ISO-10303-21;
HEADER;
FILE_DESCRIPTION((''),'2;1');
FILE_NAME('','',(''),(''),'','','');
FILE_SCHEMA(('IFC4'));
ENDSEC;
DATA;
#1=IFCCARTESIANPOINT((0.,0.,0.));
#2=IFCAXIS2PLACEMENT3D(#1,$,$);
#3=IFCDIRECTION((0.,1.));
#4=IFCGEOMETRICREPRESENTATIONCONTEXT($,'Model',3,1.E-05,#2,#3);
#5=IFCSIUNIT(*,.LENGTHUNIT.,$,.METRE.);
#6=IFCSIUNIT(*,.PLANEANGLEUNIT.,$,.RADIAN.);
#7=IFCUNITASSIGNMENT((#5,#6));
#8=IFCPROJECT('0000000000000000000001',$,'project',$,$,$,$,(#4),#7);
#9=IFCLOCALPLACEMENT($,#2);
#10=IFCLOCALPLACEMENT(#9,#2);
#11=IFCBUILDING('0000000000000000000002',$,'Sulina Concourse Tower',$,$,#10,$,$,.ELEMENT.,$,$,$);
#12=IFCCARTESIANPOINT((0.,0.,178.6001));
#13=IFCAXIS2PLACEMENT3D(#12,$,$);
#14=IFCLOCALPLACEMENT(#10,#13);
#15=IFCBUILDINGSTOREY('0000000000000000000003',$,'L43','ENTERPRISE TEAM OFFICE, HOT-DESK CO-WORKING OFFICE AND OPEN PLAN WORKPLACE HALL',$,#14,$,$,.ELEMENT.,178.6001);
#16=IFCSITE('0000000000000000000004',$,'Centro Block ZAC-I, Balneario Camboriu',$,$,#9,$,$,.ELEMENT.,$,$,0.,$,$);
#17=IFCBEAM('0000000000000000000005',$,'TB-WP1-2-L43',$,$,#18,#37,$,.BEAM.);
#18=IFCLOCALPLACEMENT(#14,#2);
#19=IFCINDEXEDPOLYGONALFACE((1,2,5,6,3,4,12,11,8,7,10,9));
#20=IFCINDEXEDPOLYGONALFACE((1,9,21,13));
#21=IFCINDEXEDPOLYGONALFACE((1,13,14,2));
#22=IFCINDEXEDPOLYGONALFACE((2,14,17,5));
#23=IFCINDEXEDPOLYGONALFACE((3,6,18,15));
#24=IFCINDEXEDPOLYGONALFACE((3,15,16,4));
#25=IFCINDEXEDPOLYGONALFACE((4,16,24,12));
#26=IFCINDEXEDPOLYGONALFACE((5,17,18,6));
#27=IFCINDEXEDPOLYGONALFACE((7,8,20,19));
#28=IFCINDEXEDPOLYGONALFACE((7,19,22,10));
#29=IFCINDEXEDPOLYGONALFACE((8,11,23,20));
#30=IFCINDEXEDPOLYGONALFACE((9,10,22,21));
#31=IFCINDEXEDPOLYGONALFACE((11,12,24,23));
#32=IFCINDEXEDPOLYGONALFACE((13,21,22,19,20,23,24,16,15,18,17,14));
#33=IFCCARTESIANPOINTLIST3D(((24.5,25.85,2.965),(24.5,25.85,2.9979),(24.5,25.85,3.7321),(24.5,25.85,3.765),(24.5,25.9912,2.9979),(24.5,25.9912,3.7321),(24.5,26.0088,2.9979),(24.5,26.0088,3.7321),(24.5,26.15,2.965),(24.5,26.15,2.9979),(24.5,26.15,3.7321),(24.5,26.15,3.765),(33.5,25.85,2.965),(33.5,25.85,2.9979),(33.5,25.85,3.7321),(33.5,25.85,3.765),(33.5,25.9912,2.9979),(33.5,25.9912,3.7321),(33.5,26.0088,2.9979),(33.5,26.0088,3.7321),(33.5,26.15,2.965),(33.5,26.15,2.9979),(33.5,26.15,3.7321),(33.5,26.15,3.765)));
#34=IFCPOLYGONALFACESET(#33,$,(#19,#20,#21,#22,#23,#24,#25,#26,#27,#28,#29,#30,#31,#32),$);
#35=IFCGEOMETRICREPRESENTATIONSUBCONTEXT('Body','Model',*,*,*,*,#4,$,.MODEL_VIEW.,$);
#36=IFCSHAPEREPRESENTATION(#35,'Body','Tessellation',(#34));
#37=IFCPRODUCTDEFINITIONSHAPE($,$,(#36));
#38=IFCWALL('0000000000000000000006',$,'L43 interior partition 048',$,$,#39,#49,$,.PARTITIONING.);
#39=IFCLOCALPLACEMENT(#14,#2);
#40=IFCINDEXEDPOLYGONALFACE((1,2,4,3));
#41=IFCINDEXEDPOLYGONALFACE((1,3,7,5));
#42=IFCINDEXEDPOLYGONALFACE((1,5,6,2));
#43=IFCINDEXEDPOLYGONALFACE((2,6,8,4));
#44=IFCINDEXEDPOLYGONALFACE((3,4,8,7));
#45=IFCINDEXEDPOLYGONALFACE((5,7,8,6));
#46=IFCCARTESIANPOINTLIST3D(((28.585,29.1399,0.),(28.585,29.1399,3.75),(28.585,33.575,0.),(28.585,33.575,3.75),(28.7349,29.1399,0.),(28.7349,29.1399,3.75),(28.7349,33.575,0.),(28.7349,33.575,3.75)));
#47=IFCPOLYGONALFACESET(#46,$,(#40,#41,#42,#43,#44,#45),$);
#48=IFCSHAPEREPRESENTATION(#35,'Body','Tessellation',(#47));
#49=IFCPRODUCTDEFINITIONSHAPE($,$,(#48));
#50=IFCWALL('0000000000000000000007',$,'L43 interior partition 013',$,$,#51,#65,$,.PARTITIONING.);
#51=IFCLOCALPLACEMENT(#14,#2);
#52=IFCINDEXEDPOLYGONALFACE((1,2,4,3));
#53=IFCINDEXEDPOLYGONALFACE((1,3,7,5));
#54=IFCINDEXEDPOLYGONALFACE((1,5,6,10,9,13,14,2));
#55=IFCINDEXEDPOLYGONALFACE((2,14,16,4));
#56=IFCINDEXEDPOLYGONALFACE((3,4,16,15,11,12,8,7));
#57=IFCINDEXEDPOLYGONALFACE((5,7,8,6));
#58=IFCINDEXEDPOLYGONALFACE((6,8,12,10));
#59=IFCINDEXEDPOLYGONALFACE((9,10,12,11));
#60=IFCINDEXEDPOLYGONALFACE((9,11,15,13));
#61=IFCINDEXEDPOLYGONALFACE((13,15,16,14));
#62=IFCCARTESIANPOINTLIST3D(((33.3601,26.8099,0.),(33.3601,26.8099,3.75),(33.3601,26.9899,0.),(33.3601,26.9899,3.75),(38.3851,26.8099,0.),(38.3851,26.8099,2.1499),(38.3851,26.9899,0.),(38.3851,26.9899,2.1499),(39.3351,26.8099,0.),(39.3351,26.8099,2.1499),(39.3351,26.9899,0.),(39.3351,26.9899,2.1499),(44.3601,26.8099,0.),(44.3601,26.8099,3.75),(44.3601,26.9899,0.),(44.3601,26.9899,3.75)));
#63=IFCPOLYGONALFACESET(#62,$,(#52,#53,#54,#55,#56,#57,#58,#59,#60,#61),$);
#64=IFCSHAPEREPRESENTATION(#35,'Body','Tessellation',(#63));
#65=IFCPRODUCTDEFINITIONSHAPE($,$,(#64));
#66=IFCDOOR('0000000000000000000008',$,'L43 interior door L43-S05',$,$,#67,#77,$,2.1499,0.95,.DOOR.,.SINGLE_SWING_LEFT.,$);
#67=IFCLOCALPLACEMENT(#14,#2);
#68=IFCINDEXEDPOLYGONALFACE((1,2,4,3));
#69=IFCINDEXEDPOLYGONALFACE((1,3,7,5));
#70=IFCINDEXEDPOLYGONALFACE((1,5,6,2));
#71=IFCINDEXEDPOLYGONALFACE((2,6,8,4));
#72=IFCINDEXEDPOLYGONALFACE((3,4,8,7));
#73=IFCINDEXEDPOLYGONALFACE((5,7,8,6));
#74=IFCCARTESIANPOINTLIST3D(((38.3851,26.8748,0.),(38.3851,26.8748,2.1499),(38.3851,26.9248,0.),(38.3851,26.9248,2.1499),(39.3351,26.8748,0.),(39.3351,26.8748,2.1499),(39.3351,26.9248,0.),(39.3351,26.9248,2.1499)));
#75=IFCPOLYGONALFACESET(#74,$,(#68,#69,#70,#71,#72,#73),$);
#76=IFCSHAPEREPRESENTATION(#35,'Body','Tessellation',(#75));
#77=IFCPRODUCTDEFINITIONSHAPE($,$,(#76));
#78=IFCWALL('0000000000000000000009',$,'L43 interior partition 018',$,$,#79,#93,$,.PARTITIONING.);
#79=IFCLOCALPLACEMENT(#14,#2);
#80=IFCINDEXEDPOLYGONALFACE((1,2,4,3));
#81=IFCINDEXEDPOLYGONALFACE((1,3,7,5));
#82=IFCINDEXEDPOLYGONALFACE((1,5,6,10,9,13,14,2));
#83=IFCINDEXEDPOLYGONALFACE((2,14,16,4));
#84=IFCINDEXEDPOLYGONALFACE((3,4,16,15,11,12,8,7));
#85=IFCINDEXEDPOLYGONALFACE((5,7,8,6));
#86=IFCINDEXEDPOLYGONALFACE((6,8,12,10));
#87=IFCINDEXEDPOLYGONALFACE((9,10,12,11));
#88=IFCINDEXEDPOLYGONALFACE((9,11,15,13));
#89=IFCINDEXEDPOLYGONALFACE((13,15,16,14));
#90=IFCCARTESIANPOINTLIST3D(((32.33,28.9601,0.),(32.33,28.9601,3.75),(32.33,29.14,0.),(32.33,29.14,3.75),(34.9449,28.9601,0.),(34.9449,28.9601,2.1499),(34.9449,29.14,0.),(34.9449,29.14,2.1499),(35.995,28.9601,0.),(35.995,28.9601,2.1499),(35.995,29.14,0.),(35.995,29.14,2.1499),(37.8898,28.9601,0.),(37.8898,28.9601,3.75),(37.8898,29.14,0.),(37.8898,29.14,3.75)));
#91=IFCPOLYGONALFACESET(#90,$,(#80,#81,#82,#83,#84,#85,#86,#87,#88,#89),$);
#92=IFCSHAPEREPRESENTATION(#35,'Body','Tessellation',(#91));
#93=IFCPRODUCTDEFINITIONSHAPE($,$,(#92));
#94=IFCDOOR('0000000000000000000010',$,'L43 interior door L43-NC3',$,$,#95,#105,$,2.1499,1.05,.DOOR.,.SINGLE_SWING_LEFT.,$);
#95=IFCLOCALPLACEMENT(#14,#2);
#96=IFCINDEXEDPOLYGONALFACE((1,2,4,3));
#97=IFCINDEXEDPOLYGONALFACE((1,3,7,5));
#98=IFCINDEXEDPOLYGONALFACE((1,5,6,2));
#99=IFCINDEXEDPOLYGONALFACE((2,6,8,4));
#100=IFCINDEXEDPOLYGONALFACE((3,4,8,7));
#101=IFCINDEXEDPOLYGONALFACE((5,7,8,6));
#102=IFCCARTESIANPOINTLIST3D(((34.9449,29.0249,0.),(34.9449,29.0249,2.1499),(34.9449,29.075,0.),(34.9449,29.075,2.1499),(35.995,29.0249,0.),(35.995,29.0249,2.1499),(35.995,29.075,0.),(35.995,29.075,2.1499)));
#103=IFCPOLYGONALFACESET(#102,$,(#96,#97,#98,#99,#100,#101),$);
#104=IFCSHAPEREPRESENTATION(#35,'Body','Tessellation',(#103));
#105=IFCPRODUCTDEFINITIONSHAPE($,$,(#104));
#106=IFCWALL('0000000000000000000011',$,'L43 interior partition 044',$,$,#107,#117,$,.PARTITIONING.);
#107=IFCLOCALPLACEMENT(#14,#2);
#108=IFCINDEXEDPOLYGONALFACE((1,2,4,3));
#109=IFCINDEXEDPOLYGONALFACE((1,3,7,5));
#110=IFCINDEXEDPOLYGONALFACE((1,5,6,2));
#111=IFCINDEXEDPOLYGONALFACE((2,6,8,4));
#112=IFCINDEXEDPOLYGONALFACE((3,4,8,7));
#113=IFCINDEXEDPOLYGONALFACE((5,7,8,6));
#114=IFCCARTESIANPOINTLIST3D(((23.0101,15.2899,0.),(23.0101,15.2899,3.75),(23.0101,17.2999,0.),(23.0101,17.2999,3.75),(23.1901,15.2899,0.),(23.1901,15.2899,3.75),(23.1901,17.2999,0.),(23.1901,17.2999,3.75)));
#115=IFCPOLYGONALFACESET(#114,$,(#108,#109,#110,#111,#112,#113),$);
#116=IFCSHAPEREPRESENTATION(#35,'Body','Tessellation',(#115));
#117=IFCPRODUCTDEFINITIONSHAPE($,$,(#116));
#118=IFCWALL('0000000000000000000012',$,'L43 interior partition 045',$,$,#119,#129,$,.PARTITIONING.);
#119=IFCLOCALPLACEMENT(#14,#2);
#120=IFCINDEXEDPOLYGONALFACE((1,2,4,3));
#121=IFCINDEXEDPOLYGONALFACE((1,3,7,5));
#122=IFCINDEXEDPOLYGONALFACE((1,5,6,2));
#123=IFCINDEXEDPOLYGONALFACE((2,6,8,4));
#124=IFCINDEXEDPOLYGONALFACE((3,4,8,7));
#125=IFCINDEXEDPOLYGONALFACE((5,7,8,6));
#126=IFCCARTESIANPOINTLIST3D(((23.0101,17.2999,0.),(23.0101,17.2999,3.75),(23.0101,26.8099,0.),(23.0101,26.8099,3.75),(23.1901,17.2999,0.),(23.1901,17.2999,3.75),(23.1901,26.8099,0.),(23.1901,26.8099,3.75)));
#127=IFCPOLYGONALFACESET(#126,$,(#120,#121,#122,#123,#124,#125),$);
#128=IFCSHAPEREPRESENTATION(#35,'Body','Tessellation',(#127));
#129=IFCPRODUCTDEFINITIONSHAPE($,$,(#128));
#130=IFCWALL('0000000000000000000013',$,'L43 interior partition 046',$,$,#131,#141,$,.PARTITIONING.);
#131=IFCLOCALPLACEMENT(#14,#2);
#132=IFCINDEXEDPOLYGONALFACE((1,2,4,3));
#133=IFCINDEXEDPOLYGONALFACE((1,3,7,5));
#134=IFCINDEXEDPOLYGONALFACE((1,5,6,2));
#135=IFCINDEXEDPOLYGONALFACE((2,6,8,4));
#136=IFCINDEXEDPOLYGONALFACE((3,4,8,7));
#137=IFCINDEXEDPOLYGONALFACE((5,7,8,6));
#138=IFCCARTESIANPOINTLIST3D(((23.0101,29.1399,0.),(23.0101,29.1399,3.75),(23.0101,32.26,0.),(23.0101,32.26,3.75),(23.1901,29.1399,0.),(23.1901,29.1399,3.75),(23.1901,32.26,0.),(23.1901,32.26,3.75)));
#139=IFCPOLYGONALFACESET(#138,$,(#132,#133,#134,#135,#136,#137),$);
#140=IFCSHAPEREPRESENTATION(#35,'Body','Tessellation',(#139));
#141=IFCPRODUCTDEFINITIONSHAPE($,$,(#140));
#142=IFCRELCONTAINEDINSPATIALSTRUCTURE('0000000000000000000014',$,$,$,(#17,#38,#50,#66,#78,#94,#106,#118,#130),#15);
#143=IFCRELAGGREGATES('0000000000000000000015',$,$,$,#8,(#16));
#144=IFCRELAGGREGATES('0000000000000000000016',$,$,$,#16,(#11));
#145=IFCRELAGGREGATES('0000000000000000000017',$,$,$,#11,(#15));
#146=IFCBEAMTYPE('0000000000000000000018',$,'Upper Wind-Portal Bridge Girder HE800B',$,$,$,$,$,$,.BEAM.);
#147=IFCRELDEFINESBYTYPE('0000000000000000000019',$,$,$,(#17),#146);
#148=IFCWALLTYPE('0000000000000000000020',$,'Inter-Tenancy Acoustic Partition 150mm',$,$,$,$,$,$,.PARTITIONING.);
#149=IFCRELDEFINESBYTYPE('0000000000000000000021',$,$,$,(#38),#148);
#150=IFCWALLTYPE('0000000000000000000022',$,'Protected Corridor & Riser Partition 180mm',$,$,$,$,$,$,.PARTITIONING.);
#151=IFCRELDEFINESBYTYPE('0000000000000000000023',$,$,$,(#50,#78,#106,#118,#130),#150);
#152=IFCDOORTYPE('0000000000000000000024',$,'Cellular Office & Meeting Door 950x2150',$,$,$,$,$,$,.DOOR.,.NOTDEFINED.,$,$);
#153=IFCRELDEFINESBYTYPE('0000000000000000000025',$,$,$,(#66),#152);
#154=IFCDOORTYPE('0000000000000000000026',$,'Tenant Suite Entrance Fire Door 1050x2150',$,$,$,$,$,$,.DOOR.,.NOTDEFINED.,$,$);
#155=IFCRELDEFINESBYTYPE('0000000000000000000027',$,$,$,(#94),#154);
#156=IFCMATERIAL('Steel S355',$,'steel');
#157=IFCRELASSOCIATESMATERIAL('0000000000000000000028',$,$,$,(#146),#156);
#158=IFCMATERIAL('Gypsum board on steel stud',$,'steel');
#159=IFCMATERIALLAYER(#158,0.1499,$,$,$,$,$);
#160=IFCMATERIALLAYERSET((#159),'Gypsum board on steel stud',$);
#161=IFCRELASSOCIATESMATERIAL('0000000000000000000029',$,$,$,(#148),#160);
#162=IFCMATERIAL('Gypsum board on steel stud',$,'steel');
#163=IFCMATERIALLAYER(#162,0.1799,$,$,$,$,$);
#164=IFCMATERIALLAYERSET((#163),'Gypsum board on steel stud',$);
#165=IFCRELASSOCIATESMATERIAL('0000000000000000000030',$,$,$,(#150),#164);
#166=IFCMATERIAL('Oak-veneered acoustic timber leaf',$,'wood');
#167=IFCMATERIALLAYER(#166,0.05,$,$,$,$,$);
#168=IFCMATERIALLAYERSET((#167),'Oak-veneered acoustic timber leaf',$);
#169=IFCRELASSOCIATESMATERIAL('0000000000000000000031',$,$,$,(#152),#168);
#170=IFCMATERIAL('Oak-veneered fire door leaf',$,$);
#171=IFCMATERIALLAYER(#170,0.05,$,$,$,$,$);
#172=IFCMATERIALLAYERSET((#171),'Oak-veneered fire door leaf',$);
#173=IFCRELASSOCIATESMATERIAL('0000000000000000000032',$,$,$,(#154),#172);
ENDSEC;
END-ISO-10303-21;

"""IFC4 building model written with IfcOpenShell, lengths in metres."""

from ifc_helpers import new_model, si_unit, direction, frame, frame_2d, origin, origin_2d, place, context, subcontext, project, spatial, rectangle, i_section, extrude, material, layer, layer_set, material_profile, profile_set, type_object, element, fill, save


model = new_model("IFC4")

# Units and contexts
model_context = context("Model", 3, precision=1e-05, world=origin(), true_north=direction((0.0, 1.0)))
body_context = subcontext(model_context, "Body", "Model", "MODEL_VIEW")
ifc_project = project(units=[si_unit("LENGTHUNIT", "METRE"), si_unit("PLANEANGLEUNIT", "RADIAN")], contexts=[model_context])

# Site, building, storey
site_placement = place(None, origin())
site = spatial("IfcSite", under=ifc_project, at=site_placement, Name="Centro Block ZAC-I, Balneario Camboriu", CompositionType="ELEMENT", RefElevation=0.0)
building_placement = place(site_placement, origin())
building = spatial("IfcBuilding", under=site, at=building_placement, Name="Sulina Concourse Tower", CompositionType="ELEMENT")
storey_placement = place(building_placement, frame((0.0, 0.0, 178.6001)))
storey = spatial("IfcBuildingStorey", under=building, at=storey_placement, Name="L43", Description="ENTERPRISE TEAM OFFICE, HOT-DESK CO-WORKING OFFICE AND OPEN PLAN WORKPLACE HALL", CompositionType="ELEMENT", Elevation=178.6001)

# Beam
ifc_material_1 = material(Name="Steel S355", Category="steel")
ifc_material_profile_1 = material_profile(ifc_material_1, i_section(OverallWidth=0.3, OverallDepth=0.8, WebThickness=0.0176, FlangeThickness=0.033, at=origin_2d()), Name="HE 800 B")
ifc_profile_set_1 = profile_set([ifc_material_profile_1], Name="Steel S355")
beam_type_1 = type_object("IfcBeamType", Name="Upper Wind-Portal Bridge Girder HE800B", PredefinedType="BEAM", material=ifc_profile_set_1)
beam_1_placement = place(storey_placement, frame((24.5, 26.0, 3.365), z_axis=(1.0, 0.0, 0.0), x_axis=(0.0, 1.0, 0.0)))
element("IfcBeam", 1, at=beam_1_placement, inside=storey, type_object=beam_type_1, Name="TB-WP1-2-L43", PredefinedType="BEAM", context=body_context, shape_type="SweptSolid", body=[
    extrude(i_section(OverallWidth=0.3, OverallDepth=0.8, WebThickness=0.0176, FlangeThickness=0.033, at=origin_2d()), origin(), (0.0, 0.0, 1.0), 9.0),
])

# Wall
ifc_material_2 = material(Name="Gypsum board on steel stud", Category="steel")
ifc_layer_1 = layer(ifc_material_2, 0.1499)
ifc_layer_set_1 = layer_set([ifc_layer_1], Name="Gypsum board on steel stud")
wall_type_1 = type_object("IfcWallType", Name="Inter-Tenancy Acoustic Partition 150mm", PredefinedType="PARTITIONING", material=ifc_layer_set_1)
wall_1_placement = place(storey_placement, frame((28.6599, 29.1399, 0.0), z_axis=(0.0, 0.0, 1.0), x_axis=(0.0, 1.0, 0.0)))
element("IfcWall", 2, at=wall_1_placement, inside=storey, type_object=wall_type_1, Name="L43 interior partition 048", PredefinedType="PARTITIONING", context=body_context, shape_type="SweptSolid", body=[
    extrude(rectangle(XDim=4.4351, YDim=0.1499, at=frame_2d((2.2175, 0.0))), origin(), (0.0, 0.0, 1.0), 3.75),
])

# Walls, openings, doors
ifc_material_3 = material(Name="Gypsum board on steel stud", Category="steel")
ifc_layer_2 = layer(ifc_material_3, 0.1799)
ifc_layer_set_2 = layer_set([ifc_layer_2], Name="Gypsum board on steel stud")
wall_type_2 = type_object("IfcWallType", Name="Protected Corridor & Riser Partition 180mm", PredefinedType="PARTITIONING", material=ifc_layer_set_2)
wall_2_placement = place(storey_placement, frame((33.3601, 26.8999, 0.0), z_axis=(0.0, 0.0, 1.0), x_axis=(1.0, 0.0, 0.0)))
wall_2 = element("IfcWall", 3, at=wall_2_placement, inside=storey, type_object=wall_type_2, Name="L43 interior partition 013", PredefinedType="PARTITIONING", context=body_context, shape_type="SweptSolid", body=[
    extrude(rectangle(XDim=11.0, YDim=0.1799, at=frame_2d((5.5, 0.0))), origin(), (0.0, 0.0, 1.0), 3.75),
])
opening_1_placement = place(wall_2_placement, frame((5.0249, 0.0, 0.0)))
opening_1 = element("IfcOpeningElement", 4, at=opening_1_placement, cuts=wall_2, PredefinedType="OPENING", context=body_context, shape_type="SweptSolid", body=[
    extrude(rectangle(XDim=0.95, YDim=2.1499, at=frame_2d((0.4751, 1.075))), frame((0.0, 0.0999, 0.0), z_axis=(0.0, -1.0, 0.0), x_axis=(1.0, 0.0, 0.0)), (0.0, 0.0, 1.0), 0.2),
])
ifc_material_4 = material(Name="Oak-veneered acoustic timber leaf", Category="wood")
ifc_layer_3 = layer(ifc_material_4, 0.05)
ifc_layer_set_3 = layer_set([ifc_layer_3], Name="Oak-veneered acoustic timber leaf")
door_type_1 = type_object("IfcDoorType", Name="Cellular Office & Meeting Door 950x2150", OperationType="NOTDEFINED", PredefinedType="DOOR", material=ifc_layer_set_3)
door_1_placement = place(opening_1_placement, origin())
door_1 = element("IfcDoor", 5, at=door_1_placement, inside=storey, type_object=door_type_1, Name="L43 interior door L43-S05", OperationType="SINGLE_SWING_LEFT", OverallHeight=2.1499, OverallWidth=0.95, PredefinedType="DOOR", context=body_context, shape_type="SweptSolid", body=[
    extrude(rectangle(XDim=0.95, YDim=2.1499, at=frame_2d((0.4751, 1.075))), frame((0.0, 0.0249, 0.0), z_axis=(0.0, -1.0, 0.0), x_axis=(1.0, 0.0, 0.0)), (0.0, 0.0, 1.0), 0.05),
])
fill(opening_1, door_1)
wall_3_placement = place(storey_placement, frame((32.3301, 29.05, 0.0), z_axis=(0.0, 0.0, 1.0), x_axis=(1.0, 0.0, 0.0)))
wall_3 = element("IfcWall", 6, at=wall_3_placement, inside=storey, type_object=wall_type_2, Name="L43 interior partition 018", PredefinedType="PARTITIONING", context=body_context, shape_type="SweptSolid", body=[
    extrude(rectangle(XDim=5.5598, YDim=0.1799, at=frame_2d((2.7798, 0.0))), origin(), (0.0, 0.0, 1.0), 3.75),
])
opening_2_placement = place(wall_3_placement, frame((2.615, 0.0, 0.0)))
opening_2 = element("IfcOpeningElement", 7, at=opening_2_placement, cuts=wall_3, PredefinedType="OPENING", context=body_context, shape_type="SweptSolid", body=[
    extrude(rectangle(XDim=1.05, YDim=2.1499, at=frame_2d((0.5249, 1.075))), frame((0.0, 0.0999, 0.0), z_axis=(0.0, -1.0, 0.0), x_axis=(1.0, 0.0, 0.0)), (0.0, 0.0, 1.0), 0.2),
])
ifc_material_5 = material(Name="Oak-veneered fire door leaf")
ifc_layer_4 = layer(ifc_material_5, 0.05)
ifc_layer_set_4 = layer_set([ifc_layer_4], Name="Oak-veneered fire door leaf")
door_type_2 = type_object("IfcDoorType", Name="Tenant Suite Entrance Fire Door 1050x2150", OperationType="NOTDEFINED", PredefinedType="DOOR", material=ifc_layer_set_4)
door_2_placement = place(opening_2_placement, origin())
door_2 = element("IfcDoor", 8, at=door_2_placement, inside=storey, type_object=door_type_2, Name="L43 interior door L43-NC3", OperationType="SINGLE_SWING_LEFT", OverallHeight=2.1499, OverallWidth=1.05, PredefinedType="DOOR", context=body_context, shape_type="SweptSolid", body=[
    extrude(rectangle(XDim=1.05, YDim=2.1499, at=frame_2d((0.5249, 1.075))), frame((0.0, 0.0249, 0.0), z_axis=(0.0, -1.0, 0.0), x_axis=(1.0, 0.0, 0.0)), (0.0, 0.0, 1.0), 0.05),
])
fill(opening_2, door_2)

# Walls
wall_4_placement = place(storey_placement, frame((23.1001, 15.29, 0.0), z_axis=(0.0, 0.0, 1.0), x_axis=(0.0, 1.0, 0.0)))
element("IfcWall", 9, at=wall_4_placement, inside=storey, type_object=wall_type_2, Name="L43 interior partition 044", PredefinedType="PARTITIONING", context=body_context, shape_type="SweptSolid", body=[
    extrude(rectangle(XDim=2.01, YDim=0.1799, at=frame_2d((1.0049, 0.0))), origin(), (0.0, 0.0, 1.0), 3.75),
])
wall_5_placement = place(storey_placement, frame((23.1001, 17.3, 0.0), z_axis=(0.0, 0.0, 1.0), x_axis=(0.0, 1.0, 0.0)))
element("IfcWall", 10, at=wall_5_placement, inside=storey, type_object=wall_type_2, Name="L43 interior partition 045", PredefinedType="PARTITIONING", context=body_context, shape_type="SweptSolid", body=[
    extrude(rectangle(XDim=9.51, YDim=0.1799, at=frame_2d((4.7549, 0.0))), origin(), (0.0, 0.0, 1.0), 3.75),
])
wall_6_placement = place(storey_placement, frame((23.1001, 29.1399, 0.0), z_axis=(0.0, 0.0, 1.0), x_axis=(0.0, 1.0, 0.0)))
element("IfcWall", 11, at=wall_6_placement, inside=storey, type_object=wall_type_2, Name="L43 interior partition 046", PredefinedType="PARTITIONING", context=body_context, shape_type="SweptSolid", body=[
    extrude(rectangle(XDim=3.1201, YDim=0.1799, at=frame_2d((1.5601, 0.0))), origin(), (0.0, 0.0, 1.0), 3.75),
])

save(model, "model.ifc")
